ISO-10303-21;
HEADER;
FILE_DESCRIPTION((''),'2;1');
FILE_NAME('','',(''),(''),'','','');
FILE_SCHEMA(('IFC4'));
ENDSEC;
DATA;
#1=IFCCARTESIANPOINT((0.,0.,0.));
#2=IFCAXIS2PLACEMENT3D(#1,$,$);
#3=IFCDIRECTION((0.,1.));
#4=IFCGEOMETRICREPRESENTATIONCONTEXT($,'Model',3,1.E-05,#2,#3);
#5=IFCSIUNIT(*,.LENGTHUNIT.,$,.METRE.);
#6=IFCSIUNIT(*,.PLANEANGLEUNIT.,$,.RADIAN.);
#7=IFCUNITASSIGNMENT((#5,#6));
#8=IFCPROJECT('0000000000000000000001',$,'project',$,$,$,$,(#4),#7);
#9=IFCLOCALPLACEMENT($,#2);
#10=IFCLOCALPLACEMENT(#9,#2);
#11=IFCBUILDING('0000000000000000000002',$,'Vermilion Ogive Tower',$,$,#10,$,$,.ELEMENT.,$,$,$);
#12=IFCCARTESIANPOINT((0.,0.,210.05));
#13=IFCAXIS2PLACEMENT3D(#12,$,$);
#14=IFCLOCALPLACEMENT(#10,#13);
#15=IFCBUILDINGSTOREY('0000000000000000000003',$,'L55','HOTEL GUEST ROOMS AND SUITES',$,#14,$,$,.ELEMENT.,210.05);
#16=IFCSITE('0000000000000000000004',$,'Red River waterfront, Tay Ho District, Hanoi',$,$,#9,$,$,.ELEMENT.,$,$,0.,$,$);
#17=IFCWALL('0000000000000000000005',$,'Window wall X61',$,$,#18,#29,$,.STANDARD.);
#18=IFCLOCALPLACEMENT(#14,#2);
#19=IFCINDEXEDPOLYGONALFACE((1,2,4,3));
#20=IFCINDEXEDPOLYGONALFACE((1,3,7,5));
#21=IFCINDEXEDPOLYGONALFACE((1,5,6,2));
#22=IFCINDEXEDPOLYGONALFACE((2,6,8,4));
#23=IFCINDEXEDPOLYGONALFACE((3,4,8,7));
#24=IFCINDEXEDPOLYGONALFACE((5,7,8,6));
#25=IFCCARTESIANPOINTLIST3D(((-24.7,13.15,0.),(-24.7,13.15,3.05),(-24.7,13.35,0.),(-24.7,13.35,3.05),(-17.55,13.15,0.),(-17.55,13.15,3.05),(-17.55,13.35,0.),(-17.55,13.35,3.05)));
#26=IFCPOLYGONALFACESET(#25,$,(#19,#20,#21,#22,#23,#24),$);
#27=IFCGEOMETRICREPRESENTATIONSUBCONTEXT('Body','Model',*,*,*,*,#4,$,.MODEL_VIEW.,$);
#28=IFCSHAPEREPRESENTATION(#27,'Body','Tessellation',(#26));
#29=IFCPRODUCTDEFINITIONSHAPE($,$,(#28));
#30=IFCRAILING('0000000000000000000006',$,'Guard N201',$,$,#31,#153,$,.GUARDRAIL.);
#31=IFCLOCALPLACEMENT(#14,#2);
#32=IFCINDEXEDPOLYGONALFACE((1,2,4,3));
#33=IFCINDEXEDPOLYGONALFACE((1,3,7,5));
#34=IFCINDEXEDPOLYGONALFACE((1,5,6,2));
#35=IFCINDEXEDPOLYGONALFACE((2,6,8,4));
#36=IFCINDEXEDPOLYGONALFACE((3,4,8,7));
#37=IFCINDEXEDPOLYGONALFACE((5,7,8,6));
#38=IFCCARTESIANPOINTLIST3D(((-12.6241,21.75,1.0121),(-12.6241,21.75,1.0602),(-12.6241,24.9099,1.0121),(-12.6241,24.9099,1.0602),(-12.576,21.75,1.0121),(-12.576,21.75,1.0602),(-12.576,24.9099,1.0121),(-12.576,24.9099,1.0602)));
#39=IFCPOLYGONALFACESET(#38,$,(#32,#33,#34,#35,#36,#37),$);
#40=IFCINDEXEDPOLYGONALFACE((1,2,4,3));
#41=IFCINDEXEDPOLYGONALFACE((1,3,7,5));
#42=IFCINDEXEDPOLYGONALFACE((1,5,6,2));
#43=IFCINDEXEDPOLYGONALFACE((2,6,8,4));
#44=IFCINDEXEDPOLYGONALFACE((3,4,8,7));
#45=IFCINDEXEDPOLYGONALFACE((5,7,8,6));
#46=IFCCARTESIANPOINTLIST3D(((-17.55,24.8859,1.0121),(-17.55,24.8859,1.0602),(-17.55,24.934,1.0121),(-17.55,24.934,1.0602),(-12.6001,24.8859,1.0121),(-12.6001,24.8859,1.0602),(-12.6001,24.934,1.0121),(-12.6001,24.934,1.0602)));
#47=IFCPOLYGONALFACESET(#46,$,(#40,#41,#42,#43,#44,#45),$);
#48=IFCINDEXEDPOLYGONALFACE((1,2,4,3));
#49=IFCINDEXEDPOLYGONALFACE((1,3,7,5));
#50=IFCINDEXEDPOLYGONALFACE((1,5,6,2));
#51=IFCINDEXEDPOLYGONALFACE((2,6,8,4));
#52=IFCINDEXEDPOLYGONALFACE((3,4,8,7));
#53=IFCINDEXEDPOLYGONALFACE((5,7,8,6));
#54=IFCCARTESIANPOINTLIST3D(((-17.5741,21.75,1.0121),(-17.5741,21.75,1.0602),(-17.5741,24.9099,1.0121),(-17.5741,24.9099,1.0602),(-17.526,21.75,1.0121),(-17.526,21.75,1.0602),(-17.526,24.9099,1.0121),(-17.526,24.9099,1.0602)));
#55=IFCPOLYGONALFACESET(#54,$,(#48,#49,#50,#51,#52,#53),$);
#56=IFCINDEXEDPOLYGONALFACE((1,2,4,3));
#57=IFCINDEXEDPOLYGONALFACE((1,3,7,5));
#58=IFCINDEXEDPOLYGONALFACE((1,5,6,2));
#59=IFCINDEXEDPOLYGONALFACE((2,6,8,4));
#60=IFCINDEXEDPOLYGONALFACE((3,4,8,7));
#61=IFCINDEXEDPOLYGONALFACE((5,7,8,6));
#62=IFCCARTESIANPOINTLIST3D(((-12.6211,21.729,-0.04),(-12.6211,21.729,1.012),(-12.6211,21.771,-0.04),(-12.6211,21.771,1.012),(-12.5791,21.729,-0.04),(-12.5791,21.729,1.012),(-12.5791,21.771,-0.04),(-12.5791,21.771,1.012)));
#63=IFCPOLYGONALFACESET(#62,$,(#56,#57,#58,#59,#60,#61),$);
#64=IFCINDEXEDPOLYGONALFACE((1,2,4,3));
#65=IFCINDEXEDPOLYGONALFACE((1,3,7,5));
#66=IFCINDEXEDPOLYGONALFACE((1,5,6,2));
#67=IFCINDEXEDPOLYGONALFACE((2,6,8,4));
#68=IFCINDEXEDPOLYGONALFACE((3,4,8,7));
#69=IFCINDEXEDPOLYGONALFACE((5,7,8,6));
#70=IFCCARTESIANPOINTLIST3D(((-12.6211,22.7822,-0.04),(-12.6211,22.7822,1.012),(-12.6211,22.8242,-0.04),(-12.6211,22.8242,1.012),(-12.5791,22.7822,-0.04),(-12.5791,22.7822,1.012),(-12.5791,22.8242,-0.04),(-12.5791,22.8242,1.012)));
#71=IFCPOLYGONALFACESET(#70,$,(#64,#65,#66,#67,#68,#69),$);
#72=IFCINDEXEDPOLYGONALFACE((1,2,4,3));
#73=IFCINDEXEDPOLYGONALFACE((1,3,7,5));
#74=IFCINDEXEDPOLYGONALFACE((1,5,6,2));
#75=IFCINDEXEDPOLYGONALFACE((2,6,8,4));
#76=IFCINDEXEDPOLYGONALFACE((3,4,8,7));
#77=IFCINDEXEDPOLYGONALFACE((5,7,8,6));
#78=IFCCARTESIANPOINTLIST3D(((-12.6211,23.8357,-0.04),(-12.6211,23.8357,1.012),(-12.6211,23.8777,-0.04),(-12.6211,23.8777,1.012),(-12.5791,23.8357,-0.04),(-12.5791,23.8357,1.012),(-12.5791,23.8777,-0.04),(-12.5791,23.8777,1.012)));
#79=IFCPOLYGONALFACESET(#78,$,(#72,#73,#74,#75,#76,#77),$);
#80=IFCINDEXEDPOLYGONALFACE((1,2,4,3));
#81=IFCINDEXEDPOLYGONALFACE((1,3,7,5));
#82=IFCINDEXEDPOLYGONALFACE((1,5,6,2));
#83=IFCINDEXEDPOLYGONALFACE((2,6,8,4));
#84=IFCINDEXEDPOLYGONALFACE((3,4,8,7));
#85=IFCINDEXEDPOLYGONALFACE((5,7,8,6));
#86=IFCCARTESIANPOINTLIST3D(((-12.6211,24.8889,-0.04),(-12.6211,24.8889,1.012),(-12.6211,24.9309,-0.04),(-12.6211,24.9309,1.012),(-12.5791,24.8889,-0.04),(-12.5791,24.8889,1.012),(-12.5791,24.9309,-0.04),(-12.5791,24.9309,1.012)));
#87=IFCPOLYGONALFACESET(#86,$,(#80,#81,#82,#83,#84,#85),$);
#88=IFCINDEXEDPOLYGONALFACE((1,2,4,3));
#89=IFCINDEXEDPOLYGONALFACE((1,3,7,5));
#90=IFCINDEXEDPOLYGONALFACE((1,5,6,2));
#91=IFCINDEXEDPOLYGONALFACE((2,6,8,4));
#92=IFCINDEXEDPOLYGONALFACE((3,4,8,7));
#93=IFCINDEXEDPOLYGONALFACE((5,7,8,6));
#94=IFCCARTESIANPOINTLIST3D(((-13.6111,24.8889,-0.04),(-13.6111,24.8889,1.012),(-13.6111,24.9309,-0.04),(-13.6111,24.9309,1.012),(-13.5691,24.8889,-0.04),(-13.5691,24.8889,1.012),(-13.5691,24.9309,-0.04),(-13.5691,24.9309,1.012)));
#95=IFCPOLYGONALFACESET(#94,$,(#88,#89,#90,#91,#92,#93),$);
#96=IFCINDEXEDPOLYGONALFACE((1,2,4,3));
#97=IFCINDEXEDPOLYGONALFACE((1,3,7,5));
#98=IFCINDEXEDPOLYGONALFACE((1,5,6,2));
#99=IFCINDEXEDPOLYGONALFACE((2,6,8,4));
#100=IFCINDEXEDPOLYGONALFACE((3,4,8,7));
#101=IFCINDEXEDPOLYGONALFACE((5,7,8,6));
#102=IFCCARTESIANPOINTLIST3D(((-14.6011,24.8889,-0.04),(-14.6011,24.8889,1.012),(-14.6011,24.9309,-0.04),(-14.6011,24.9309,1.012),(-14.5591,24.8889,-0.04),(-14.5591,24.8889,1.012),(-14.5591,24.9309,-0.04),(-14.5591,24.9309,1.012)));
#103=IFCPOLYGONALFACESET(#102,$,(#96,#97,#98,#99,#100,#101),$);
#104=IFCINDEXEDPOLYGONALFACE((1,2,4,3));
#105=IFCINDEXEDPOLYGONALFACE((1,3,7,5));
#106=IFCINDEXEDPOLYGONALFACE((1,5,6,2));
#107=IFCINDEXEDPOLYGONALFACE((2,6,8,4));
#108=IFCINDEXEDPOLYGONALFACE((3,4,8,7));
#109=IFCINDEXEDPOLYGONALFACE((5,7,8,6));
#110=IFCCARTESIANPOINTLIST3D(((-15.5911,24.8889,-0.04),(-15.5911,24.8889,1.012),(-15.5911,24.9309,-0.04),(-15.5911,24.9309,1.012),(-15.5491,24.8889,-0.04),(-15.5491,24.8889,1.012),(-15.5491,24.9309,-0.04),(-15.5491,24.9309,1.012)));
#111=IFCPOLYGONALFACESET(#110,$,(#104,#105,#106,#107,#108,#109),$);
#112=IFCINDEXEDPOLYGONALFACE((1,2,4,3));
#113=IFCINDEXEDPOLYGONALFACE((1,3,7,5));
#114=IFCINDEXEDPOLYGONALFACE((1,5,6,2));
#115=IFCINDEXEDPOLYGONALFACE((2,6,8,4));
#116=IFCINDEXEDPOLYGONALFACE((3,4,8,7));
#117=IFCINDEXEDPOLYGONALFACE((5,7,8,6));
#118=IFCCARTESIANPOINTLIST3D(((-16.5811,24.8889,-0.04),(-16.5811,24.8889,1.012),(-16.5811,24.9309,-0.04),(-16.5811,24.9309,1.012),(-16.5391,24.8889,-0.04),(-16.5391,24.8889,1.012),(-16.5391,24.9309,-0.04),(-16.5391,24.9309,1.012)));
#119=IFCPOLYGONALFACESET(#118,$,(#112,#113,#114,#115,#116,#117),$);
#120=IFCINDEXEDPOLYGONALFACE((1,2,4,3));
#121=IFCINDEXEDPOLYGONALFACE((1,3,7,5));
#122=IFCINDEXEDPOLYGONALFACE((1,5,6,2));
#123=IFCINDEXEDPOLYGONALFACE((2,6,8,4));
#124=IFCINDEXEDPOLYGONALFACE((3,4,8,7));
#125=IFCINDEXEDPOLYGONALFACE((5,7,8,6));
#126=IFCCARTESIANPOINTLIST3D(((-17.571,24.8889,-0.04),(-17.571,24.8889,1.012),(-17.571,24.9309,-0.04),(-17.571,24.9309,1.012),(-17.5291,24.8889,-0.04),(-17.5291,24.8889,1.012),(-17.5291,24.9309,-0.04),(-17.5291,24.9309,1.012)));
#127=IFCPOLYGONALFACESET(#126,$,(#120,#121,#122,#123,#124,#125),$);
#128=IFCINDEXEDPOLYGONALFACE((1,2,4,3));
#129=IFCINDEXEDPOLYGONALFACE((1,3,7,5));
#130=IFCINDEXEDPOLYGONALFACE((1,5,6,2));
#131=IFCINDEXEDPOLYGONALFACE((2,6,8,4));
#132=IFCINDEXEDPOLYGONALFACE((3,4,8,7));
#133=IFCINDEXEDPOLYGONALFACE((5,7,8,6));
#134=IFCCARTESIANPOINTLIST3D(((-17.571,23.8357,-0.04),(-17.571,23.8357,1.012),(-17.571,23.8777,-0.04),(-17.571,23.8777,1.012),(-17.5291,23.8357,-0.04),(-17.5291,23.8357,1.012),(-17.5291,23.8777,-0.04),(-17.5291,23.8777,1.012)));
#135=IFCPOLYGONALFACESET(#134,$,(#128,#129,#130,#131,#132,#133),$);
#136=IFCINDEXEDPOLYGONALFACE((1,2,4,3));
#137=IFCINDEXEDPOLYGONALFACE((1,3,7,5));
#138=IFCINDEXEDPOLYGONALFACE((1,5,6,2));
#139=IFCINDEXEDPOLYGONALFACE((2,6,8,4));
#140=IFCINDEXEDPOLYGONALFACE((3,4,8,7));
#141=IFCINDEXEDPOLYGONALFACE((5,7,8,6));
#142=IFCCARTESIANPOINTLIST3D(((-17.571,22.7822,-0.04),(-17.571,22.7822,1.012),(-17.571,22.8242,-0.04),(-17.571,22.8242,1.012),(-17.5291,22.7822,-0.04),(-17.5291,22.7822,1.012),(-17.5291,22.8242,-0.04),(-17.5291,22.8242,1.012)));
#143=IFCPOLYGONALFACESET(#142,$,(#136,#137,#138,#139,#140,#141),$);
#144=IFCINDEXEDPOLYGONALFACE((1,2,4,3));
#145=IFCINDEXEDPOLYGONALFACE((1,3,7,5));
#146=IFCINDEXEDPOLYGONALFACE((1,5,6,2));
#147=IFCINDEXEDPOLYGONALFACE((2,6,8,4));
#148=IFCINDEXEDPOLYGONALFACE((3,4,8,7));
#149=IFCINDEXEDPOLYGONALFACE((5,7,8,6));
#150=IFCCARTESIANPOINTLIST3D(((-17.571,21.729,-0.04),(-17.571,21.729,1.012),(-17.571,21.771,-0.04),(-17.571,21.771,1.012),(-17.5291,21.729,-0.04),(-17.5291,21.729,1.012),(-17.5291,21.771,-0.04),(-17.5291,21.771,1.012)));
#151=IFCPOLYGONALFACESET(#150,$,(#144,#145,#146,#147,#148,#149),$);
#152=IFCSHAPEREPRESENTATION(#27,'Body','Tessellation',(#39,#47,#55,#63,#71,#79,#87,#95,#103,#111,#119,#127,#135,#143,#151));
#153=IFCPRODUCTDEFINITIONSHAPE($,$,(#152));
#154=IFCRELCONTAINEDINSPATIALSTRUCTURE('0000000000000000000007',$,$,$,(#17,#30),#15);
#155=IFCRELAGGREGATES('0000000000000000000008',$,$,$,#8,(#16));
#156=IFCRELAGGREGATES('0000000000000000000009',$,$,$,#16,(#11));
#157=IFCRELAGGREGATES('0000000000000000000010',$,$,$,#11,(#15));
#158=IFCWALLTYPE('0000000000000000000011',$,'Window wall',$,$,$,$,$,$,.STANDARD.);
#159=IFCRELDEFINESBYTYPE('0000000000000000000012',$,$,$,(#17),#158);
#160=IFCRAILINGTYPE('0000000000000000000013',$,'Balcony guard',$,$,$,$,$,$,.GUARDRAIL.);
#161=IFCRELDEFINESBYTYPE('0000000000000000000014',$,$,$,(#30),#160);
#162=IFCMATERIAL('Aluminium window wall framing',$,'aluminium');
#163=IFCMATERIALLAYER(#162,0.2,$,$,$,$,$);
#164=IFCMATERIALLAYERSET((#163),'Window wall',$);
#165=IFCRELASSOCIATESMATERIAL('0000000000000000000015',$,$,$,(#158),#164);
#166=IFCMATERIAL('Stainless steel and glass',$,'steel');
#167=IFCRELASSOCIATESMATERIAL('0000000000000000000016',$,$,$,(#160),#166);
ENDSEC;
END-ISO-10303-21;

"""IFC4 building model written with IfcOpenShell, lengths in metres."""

from ifc_helpers import new_model, si_unit, direction, frame, frame_2d, origin, origin_2d, place, context, subcontext, project, spatial, rectangle, extrude, material, layer, layer_set, type_object, element, save


model = new_model("IFC4")

# Units and contexts
model_context = context("Model", 3, precision=1e-05, world=origin(), true_north=direction((0.0, 1.0)))
body_context = subcontext(model_context, "Body", "Model", "MODEL_VIEW")
ifc_project = project(units=[si_unit("LENGTHUNIT", "METRE"), si_unit("PLANEANGLEUNIT", "RADIAN")], contexts=[model_context])

# Site, building, storey
site_placement = place(None, origin())
site = spatial("IfcSite", under=ifc_project, at=site_placement, Name="Red River waterfront, Tay Ho District, Hanoi", CompositionType="ELEMENT", RefElevation=0.0)
building_placement = place(site_placement, origin())
building = spatial("IfcBuilding", under=site, at=building_placement, Name="Vermilion Ogive Tower", CompositionType="ELEMENT")
storey_placement = place(building_placement, frame((0.0, 0.0, 210.05)))
storey = spatial("IfcBuildingStorey", under=building, at=storey_placement, Name="L55", Description="HOTEL GUEST ROOMS AND SUITES", CompositionType="ELEMENT", Elevation=210.05)

# Shared definitions
ifc_material_1 = material(Name="Aluminium window wall framing", Category="aluminium")
ifc_layer_1 = layer(ifc_material_1, 0.2)
ifc_layer_set_1 = layer_set([ifc_layer_1], Name="Window wall")
wall_type_1 = type_object("IfcWallType", Name="Window wall", PredefinedType="STANDARD", material=ifc_layer_set_1)

# Wall
wall_1_placement = place(storey_placement, frame((-17.55, 13.25, 0.0), z_axis=(0.0, 0.0, 1.0), x_axis=(-1.0, 0.0, 0.0)))
element("IfcWall", 1, at=wall_1_placement, inside=storey, type_object=wall_type_1, Name="Window wall X61", PredefinedType="STANDARD", context=body_context, shape_type="SweptSolid", body=[
    extrude(rectangle(XDim=7.1499, YDim=0.2, at=frame_2d((3.575, 0.0))), origin(), (0.0, 0.0, 1.0), 3.05),
])

# Railing
ifc_material_2 = material(Name="Stainless steel and glass", Category="steel")
railing_type = type_object("IfcRailingType", Name="Balcony guard", PredefinedType="GUARDRAIL", material=ifc_material_2)
railing_1_placement = place(storey_placement, frame((-12.6001, 21.75, -0.04)))
element("IfcRailing", 2, at=railing_1_placement, inside=storey, type_object=railing_type, Name="Guard N201", PredefinedType="GUARDRAIL", context=body_context, shape_type="SweptSolid", body=[
    extrude(rectangle(XDim=0.0481, YDim=0.0481, at=origin_2d()), frame((0.0, 0.0, 1.0762), z_axis=(0.0, 1.0, 0.0), x_axis=(-1.0, 0.0, 0.0)), (0.0, 0.0, 1.0), 3.1599),
    extrude(rectangle(XDim=0.0481, YDim=0.0481, at=origin_2d()), frame((0.0, 3.1599, 1.0762), z_axis=(-1.0, 0.0, 0.0), x_axis=(0.0, -1.0, 0.0)), (0.0, 0.0, 1.0), 4.95),
    extrude(rectangle(XDim=0.0481, YDim=0.0481, at=origin_2d()), frame((-4.95, 3.1599, 1.0762), z_axis=(0.0, -1.0, 0.0), x_axis=(1.0, 0.0, 0.0)), (0.0, 0.0, 1.0), 3.1599),
    extrude(rectangle(XDim=0.042, YDim=0.042, at=origin_2d()), origin(), (0.0, 0.0, 1.0), 1.052),
    extrude(rectangle(XDim=0.042, YDim=0.042, at=origin_2d()), frame((0.0, 1.0532, 0.0)), (0.0, 0.0, 1.0), 1.052),
    extrude(rectangle(XDim=0.042, YDim=0.042, at=origin_2d()), frame((0.0, 2.1067, 0.0)), (0.0, 0.0, 1.0), 1.052),
    extrude(rectangle(XDim=0.042, YDim=0.042, at=origin_2d()), frame((0.0, 3.1599, 0.0)), (0.0, 0.0, 1.0), 1.052),
    extrude(rectangle(XDim=0.042, YDim=0.042, at=origin_2d()), frame((-0.99, 3.1599, 0.0)), (0.0, 0.0, 1.0), 1.052),
    extrude(rectangle(XDim=0.042, YDim=0.042, at=origin_2d()), frame((-1.98, 3.1599, 0.0)), (0.0, 0.0, 1.0), 1.052),
    extrude(rectangle(XDim=0.042, YDim=0.042, at=origin_2d()), frame((-2.97, 3.1599, 0.0)), (0.0, 0.0, 1.0), 1.052),
    extrude(rectangle(XDim=0.042, YDim=0.042, at=origin_2d()), frame((-3.96, 3.1599, 0.0)), (0.0, 0.0, 1.0), 1.052),
    extrude(rectangle(XDim=0.042, YDim=0.042, at=origin_2d()), frame((-4.95, 3.1599, 0.0)), (0.0, 0.0, 1.0), 1.052),
    extrude(rectangle(XDim=0.042, YDim=0.042, at=origin_2d()), frame((-4.95, 2.1067, 0.0)), (0.0, 0.0, 1.0), 1.052),
    extrude(rectangle(XDim=0.042, YDim=0.042, at=origin_2d()), frame((-4.95, 1.0532, 0.0)), (0.0, 0.0, 1.0), 1.052),
    extrude(rectangle(XDim=0.042, YDim=0.042, at=origin_2d()), frame((-4.95, 0.0, 0.0)), (0.0, 0.0, 1.0), 1.052),
])

save(model, "model.ifc")
